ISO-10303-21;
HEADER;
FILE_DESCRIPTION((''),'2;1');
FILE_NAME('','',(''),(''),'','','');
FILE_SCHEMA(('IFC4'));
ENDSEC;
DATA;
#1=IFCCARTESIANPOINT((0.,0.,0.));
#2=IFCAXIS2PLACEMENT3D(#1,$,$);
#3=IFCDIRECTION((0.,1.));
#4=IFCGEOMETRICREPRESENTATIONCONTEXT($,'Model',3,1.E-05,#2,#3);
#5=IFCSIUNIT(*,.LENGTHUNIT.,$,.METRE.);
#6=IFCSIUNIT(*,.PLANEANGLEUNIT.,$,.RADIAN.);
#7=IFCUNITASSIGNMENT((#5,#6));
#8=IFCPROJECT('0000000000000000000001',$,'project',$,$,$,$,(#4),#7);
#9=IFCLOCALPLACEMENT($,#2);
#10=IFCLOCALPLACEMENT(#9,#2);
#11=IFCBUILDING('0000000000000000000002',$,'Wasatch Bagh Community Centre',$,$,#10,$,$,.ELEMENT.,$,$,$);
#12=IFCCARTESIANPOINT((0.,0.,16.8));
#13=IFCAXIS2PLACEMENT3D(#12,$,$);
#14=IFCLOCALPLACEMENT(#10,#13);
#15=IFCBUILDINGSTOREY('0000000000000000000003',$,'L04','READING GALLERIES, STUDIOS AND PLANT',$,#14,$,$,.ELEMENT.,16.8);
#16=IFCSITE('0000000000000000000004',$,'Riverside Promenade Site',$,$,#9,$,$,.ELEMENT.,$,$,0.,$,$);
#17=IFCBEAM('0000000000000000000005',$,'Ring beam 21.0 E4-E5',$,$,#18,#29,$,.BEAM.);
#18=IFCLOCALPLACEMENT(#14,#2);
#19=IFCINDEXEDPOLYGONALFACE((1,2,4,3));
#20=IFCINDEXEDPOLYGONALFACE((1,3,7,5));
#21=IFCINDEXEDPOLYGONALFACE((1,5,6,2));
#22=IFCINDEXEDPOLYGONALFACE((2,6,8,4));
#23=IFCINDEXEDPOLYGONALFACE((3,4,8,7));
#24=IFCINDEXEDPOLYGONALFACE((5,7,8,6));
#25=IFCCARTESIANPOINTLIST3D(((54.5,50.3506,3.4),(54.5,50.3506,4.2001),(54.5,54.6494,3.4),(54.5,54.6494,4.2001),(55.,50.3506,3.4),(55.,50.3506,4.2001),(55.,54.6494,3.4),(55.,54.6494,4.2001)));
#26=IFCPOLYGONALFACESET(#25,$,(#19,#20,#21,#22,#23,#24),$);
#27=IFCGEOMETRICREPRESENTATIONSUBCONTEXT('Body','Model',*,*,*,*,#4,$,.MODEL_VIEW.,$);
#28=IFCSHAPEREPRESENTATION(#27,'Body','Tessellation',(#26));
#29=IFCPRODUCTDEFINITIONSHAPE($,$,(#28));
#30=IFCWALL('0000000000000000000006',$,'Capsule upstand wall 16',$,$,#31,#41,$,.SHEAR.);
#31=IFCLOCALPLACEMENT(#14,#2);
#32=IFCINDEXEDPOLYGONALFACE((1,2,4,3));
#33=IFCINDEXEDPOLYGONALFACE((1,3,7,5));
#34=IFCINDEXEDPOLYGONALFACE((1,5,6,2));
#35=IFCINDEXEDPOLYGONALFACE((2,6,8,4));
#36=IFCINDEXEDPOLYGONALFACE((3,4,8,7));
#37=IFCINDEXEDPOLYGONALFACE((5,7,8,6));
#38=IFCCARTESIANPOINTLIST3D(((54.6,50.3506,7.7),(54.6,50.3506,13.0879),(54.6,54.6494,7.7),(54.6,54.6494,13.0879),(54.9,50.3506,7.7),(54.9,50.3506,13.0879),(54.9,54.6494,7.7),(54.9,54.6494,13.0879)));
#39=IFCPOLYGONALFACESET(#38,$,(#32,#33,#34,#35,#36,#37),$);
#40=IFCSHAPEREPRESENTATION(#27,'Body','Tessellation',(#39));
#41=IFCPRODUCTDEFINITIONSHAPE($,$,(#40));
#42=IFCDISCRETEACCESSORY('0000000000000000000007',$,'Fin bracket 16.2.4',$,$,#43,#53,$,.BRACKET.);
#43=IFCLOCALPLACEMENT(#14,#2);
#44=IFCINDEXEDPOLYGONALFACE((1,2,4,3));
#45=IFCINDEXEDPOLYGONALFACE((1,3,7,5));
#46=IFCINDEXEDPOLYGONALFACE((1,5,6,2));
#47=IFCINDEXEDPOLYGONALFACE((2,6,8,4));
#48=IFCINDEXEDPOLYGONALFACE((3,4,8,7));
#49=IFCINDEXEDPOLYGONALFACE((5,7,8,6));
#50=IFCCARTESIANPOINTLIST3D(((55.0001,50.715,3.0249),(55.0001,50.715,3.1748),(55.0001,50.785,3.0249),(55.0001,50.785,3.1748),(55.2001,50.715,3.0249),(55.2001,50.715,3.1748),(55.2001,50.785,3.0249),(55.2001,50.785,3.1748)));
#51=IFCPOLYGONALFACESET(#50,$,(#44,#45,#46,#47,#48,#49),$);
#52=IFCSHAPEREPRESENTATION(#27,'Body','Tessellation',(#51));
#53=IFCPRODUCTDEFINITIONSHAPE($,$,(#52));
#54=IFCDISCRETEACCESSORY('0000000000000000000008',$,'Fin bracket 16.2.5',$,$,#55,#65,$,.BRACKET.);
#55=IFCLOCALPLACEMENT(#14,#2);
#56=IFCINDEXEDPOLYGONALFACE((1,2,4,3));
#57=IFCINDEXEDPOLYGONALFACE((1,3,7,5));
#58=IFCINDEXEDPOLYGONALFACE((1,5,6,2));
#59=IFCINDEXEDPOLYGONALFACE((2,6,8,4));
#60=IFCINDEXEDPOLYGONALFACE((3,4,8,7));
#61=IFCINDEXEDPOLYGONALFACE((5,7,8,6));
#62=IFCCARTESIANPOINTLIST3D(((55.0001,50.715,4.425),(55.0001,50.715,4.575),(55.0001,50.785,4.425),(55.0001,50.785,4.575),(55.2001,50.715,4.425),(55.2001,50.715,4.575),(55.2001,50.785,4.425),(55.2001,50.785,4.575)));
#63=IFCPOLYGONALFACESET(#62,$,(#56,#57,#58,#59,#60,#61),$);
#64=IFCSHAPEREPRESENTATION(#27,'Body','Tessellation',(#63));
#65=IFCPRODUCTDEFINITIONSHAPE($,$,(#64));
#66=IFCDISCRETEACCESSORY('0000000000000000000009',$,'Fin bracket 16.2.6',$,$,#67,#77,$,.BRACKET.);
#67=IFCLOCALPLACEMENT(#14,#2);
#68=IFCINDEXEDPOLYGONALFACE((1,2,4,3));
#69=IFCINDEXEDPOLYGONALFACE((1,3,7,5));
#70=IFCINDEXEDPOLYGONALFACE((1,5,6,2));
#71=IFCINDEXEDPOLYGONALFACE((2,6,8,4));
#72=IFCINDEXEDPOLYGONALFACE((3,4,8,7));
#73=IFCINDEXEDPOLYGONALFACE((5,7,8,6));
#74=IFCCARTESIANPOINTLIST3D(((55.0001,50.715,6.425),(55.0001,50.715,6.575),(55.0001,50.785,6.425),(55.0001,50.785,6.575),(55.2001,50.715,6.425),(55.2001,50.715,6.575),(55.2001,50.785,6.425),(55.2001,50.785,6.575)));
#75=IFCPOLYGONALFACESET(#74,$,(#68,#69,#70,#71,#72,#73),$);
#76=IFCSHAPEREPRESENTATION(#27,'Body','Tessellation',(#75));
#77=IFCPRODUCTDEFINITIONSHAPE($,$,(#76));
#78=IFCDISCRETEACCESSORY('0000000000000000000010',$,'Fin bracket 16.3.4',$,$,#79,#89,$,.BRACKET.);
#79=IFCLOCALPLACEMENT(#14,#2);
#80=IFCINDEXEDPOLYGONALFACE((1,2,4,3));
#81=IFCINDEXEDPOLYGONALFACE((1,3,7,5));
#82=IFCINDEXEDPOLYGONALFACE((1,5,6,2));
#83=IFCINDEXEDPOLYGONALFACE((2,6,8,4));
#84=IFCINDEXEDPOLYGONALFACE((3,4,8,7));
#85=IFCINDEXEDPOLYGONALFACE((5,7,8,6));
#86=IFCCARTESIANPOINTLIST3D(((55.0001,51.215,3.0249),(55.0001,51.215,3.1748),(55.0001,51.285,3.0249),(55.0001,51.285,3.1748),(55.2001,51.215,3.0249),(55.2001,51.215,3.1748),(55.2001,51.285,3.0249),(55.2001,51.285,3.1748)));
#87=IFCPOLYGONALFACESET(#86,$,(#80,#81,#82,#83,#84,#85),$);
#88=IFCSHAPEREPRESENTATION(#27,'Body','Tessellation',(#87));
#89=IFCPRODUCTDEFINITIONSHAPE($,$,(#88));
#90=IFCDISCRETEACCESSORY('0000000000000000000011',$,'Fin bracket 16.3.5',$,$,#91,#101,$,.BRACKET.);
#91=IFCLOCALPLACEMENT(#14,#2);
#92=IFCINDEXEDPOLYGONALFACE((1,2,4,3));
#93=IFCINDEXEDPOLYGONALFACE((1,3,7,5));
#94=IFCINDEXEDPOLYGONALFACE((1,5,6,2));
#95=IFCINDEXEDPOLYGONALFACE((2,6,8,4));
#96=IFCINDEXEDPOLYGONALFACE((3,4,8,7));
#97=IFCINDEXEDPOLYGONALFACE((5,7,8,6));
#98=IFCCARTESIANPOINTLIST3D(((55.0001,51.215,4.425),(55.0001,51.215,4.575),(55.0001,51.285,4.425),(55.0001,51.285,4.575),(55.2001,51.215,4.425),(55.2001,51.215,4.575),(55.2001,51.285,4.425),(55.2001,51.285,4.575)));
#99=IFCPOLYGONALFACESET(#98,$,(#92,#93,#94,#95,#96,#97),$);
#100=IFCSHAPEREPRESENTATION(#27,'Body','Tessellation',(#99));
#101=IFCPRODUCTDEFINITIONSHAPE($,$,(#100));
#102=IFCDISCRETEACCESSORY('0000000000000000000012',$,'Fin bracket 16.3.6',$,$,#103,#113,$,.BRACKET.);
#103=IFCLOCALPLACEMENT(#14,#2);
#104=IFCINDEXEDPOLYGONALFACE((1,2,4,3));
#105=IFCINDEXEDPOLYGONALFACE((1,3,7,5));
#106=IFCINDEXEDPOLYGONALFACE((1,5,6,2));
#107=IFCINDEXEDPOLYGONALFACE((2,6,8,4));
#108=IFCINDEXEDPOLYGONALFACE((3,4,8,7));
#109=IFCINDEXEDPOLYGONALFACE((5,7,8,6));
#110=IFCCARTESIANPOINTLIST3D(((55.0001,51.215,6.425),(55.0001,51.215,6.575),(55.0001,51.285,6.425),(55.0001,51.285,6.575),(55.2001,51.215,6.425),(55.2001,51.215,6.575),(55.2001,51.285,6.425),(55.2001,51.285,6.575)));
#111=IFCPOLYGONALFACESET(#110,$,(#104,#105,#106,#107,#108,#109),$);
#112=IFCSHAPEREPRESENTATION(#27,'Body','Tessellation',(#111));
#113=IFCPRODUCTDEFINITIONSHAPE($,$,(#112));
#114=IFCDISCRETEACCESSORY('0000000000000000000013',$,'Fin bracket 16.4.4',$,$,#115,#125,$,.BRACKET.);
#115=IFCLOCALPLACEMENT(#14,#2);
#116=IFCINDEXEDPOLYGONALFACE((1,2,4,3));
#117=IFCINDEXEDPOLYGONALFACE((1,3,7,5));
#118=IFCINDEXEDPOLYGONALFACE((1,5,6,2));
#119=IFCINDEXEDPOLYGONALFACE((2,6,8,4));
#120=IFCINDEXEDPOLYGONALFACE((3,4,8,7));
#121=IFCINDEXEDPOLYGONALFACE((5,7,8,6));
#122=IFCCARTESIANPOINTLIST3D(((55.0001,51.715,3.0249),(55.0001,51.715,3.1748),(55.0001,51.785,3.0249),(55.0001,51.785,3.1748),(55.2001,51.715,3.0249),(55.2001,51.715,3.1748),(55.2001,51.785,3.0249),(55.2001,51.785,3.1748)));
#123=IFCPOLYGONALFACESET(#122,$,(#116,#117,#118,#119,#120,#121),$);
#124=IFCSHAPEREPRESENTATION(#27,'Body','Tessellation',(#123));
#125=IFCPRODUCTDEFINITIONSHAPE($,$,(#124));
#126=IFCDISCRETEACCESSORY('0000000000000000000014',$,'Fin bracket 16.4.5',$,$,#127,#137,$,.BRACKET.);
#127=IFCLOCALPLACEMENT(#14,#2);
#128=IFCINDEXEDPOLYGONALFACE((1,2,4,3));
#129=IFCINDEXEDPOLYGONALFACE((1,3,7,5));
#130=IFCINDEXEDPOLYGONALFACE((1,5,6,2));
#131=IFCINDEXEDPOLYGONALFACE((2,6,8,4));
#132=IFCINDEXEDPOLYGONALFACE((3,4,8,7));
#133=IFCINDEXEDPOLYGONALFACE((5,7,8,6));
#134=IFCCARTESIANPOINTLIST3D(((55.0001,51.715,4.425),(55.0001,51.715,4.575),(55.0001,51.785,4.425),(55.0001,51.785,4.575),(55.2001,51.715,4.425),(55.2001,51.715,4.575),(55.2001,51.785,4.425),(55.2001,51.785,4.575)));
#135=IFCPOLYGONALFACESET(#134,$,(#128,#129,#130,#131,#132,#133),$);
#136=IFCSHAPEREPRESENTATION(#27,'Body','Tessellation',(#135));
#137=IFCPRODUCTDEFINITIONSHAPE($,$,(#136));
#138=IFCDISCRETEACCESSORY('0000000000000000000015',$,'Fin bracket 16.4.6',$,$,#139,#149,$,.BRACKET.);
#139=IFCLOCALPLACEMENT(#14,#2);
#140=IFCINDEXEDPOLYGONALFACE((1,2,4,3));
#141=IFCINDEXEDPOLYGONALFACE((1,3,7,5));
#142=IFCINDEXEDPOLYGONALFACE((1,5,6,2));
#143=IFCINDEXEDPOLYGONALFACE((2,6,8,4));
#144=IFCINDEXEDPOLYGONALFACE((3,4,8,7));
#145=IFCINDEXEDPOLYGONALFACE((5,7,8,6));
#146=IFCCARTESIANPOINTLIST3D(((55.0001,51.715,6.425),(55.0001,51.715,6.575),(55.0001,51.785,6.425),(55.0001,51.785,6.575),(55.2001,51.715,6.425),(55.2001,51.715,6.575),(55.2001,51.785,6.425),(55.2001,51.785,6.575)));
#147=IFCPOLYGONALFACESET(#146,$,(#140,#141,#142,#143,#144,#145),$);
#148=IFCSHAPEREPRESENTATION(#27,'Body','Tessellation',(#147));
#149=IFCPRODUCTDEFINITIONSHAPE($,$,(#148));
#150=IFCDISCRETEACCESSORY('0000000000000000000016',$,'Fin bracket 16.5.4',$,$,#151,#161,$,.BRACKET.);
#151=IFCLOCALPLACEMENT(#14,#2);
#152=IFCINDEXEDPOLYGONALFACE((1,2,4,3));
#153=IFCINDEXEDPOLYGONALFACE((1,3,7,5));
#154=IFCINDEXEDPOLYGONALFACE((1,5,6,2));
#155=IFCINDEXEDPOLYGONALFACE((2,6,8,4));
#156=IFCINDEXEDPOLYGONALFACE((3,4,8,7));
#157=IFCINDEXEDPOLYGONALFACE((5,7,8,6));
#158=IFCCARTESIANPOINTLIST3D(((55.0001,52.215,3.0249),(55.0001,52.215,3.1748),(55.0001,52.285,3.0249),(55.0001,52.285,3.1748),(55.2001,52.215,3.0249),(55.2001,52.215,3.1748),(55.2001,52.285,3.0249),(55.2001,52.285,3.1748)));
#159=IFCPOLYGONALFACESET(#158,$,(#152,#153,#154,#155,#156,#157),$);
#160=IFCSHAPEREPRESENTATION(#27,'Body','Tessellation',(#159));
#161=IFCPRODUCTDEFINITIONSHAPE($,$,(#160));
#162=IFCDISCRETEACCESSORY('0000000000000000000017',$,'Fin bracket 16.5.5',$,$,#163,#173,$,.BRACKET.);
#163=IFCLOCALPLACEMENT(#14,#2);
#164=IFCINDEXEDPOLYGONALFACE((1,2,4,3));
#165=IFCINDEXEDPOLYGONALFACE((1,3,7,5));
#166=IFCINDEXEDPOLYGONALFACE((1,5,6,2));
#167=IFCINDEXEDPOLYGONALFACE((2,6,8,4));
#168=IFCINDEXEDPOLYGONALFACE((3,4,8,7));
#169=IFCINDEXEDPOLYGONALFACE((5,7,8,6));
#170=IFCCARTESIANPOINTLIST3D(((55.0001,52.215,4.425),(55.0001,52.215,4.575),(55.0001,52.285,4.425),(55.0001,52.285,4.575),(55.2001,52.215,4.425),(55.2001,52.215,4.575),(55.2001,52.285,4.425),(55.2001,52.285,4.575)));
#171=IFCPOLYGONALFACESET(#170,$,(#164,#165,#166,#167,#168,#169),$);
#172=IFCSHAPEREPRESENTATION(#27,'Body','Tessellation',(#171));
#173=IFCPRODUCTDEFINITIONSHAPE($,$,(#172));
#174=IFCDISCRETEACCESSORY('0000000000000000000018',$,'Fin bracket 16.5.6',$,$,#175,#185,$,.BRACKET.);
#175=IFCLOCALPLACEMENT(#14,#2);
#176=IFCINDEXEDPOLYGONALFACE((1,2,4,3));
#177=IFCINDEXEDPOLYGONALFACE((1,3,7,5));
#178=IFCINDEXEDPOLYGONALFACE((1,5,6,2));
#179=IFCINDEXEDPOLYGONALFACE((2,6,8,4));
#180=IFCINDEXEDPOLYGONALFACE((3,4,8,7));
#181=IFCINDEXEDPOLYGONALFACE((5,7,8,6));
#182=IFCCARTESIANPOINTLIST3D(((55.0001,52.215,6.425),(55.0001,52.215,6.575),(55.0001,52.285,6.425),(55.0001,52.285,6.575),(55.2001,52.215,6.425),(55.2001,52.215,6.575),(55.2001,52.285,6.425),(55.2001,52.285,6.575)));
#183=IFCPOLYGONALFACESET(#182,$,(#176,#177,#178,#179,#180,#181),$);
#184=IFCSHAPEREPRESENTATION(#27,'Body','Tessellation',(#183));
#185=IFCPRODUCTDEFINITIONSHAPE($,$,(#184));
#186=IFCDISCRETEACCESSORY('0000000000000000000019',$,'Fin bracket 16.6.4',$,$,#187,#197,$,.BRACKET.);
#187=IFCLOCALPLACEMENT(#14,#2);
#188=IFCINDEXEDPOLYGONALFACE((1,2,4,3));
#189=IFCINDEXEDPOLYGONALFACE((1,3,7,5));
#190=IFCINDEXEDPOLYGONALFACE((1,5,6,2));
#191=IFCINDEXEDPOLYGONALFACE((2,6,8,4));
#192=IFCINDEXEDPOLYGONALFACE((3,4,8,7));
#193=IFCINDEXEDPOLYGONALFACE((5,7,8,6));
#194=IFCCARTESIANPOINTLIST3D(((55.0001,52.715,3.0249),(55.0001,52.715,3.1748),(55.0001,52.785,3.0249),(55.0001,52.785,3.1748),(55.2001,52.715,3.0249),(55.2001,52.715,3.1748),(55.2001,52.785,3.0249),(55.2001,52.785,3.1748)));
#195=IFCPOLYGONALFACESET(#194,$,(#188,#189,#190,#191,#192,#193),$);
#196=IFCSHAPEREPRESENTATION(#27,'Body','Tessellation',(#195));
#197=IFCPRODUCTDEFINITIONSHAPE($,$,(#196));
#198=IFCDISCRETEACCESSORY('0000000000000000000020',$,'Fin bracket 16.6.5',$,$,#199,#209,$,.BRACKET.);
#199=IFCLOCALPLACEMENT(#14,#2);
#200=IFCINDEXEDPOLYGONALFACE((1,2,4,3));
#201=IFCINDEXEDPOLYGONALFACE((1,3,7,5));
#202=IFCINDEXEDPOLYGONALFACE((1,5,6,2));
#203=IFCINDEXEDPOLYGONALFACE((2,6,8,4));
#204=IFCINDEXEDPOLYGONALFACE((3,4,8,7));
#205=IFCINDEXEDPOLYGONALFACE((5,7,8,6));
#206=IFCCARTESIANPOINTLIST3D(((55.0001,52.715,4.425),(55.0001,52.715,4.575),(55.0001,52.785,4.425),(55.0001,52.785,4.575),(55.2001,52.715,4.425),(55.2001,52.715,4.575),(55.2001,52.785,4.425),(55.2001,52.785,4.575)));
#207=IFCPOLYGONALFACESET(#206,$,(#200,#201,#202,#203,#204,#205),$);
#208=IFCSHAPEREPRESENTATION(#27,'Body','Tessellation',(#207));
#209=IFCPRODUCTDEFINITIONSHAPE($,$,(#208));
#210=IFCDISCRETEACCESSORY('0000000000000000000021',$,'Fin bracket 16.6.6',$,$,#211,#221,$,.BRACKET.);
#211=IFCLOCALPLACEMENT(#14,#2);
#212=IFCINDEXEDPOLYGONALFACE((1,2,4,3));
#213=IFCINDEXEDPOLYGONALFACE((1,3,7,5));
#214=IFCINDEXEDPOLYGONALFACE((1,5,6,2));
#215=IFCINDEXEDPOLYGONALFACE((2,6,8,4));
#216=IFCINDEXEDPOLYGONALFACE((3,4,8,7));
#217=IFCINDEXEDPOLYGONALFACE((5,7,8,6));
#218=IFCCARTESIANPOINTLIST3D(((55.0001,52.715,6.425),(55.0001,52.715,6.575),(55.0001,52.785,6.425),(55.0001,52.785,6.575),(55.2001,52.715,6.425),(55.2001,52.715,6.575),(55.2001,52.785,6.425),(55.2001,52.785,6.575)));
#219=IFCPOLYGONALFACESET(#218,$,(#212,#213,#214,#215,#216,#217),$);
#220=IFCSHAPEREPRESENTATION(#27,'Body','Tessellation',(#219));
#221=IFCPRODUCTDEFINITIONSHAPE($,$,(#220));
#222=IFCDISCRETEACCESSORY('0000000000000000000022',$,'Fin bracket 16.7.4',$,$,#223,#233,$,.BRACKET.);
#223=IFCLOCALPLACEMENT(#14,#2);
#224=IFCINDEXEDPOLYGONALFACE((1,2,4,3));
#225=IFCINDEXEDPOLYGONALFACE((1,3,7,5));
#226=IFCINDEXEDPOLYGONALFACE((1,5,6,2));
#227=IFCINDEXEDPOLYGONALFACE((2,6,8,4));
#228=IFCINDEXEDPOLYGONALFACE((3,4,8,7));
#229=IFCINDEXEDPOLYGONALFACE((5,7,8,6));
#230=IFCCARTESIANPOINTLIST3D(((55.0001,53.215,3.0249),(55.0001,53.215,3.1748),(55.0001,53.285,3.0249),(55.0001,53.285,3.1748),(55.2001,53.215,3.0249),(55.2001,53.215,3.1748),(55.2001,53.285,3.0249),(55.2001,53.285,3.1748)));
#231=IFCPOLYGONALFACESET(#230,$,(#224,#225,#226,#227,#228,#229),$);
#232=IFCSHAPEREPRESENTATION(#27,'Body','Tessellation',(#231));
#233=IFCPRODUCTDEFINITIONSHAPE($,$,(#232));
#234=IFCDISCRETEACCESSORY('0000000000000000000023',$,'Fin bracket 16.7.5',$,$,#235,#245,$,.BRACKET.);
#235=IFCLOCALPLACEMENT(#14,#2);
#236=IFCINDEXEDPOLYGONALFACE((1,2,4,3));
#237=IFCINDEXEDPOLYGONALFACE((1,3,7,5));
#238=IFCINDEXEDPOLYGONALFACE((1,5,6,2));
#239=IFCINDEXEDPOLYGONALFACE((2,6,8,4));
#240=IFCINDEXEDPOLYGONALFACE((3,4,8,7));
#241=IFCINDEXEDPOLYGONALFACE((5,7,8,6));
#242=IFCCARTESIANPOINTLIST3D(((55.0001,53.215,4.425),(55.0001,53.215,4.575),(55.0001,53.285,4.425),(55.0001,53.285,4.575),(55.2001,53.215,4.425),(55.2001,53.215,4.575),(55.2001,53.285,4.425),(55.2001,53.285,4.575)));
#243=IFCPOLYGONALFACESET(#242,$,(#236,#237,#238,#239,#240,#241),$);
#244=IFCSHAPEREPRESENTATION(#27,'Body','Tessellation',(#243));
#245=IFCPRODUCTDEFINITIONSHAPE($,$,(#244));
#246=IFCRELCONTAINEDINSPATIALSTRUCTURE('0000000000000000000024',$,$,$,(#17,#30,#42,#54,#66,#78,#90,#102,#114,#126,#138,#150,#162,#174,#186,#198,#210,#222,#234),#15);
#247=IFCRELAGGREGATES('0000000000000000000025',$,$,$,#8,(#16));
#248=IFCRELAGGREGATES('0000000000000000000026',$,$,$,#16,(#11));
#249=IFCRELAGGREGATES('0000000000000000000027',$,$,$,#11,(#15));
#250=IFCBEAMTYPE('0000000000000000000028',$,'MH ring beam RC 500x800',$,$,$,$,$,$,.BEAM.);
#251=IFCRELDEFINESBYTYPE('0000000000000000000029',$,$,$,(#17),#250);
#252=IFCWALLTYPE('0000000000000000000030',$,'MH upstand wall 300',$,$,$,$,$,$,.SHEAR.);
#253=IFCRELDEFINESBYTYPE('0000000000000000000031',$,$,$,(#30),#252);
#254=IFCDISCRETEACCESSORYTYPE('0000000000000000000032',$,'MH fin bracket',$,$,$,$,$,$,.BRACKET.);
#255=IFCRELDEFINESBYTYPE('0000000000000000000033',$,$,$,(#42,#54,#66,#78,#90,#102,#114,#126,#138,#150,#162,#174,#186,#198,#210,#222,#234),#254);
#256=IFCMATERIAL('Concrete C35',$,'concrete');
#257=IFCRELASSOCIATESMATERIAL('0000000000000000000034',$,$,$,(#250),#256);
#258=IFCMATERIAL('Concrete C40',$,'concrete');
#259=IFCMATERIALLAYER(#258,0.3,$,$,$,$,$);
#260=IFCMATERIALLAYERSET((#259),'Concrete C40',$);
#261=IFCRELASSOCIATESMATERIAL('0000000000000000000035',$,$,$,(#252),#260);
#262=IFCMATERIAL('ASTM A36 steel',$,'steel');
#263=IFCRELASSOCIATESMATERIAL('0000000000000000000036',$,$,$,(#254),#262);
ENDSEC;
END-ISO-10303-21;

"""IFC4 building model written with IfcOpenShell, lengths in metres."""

from ifc_helpers import new_model, si_unit, direction, frame, frame_2d, origin, origin_2d, place, context, subcontext, project, spatial, rectangle, extrude, material, layer, layer_set, material_profile, profile_set, type_object, element, save


model = new_model("IFC4")

# Units and contexts
model_context = context("Model", 3, precision=1e-05, world=origin(), true_north=direction((0.0, 1.0)))
body_context = subcontext(model_context, "Body", "Model", "MODEL_VIEW")
ifc_project = project(units=[si_unit("LENGTHUNIT", "METRE"), si_unit("PLANEANGLEUNIT", "RADIAN")], contexts=[model_context])

# Site, building, storey
site_placement = place(None, origin())
site = spatial("IfcSite", under=ifc_project, at=site_placement, Name="Riverside Promenade Site", CompositionType="ELEMENT", RefElevation=0.0)
building_placement = place(site_placement, origin())
building = spatial("IfcBuilding", under=site, at=building_placement, Name="Wasatch Bagh Community Centre", CompositionType="ELEMENT")
storey_placement = place(building_placement, frame((0.0, 0.0, 16.8)))
storey = spatial("IfcBuildingStorey", under=building, at=storey_placement, Name="L04", Description="READING GALLERIES, STUDIOS AND PLANT", CompositionType="ELEMENT", Elevation=16.8)

# Beam
ifc_material_1 = material(Name="Concrete C35", Category="concrete")
ifc_material_profile = material_profile(ifc_material_1, rectangle(XDim=0.5, YDim=0.8, at=origin_2d()), Name="RC 500x800")
ifc_profile_set = profile_set([ifc_material_profile], Name="Concrete C35")
beam_type = type_object("IfcBeamType", Name="MH ring beam RC 500x800", PredefinedType="BEAM", material=ifc_profile_set)
beam_placement = place(storey_placement, frame((54.75, 50.3506, 3.8), z_axis=(0.0, 1.0, 0.0), x_axis=(-1.0, 0.0, 0.0)))
element("IfcBeam", 1, at=beam_placement, inside=storey, type_object=beam_type, Name="Ring beam 21.0 E4-E5", PredefinedType="BEAM", context=body_context, shape_type="SweptSolid", body=[
    extrude(rectangle(XDim=0.5, YDim=0.8, at=origin_2d()), origin(), (0.0, 0.0, 1.0), 4.2988),
])

# Wall
ifc_material_2 = material(Name="Concrete C40", Category="concrete")
ifc_layer = layer(ifc_material_2, 0.3)
ifc_layer_set = layer_set([ifc_layer], Name="Concrete C40")
wall_type = type_object("IfcWallType", Name="MH upstand wall 300", PredefinedType="SHEAR", material=ifc_layer_set)
wall_placement = place(storey_placement, frame((54.75, 50.3506, 7.7), z_axis=(0.0, 0.0, 1.0), x_axis=(0.0, 1.0, 0.0)))
element("IfcWall", 2, at=wall_placement, inside=storey, type_object=wall_type, Name="Capsule upstand wall 16", PredefinedType="SHEAR", context=body_context, shape_type="SweptSolid", body=[
    extrude(rectangle(XDim=4.2988, YDim=0.3, at=frame_2d((2.1494, 0.0))), origin(), (0.0, 0.0, 1.0), 5.3879),
])

# Discrete accessories
ifc_material_3 = material(Name="ASTM A36 steel", Category="steel")
discrete_accessory_type = type_object("IfcDiscreteAccessoryType", Name="MH fin bracket", PredefinedType="BRACKET", material=ifc_material_3)
for number, where, z_axis, x_axis, name in (
    (3, (55.1001, 50.75, 3.0249), (0.0, 0.0, 1.0), (0.0, 1.0, 0.0), "Fin bracket 16.2.4"),
    (4, (55.1001, 50.75, 4.425), (0.0, 0.0, 1.0), (0.0, 1.0, 0.0), "Fin bracket 16.2.5"),
    (5, (55.1001, 50.75, 6.425), (0.0, 0.0, 1.0), (0.0, 1.0, 0.0), "Fin bracket 16.2.6"),
    (6, (55.1001, 51.25, 3.0249), (0.0, 0.0, 1.0), (0.0, 1.0, 0.0), "Fin bracket 16.3.4"),
    (7, (55.1001, 51.25, 4.425), (0.0, 0.0, 1.0), (0.0, 1.0, 0.0), "Fin bracket 16.3.5"),
    (8, (55.1001, 51.25, 6.425), (0.0, 0.0, 1.0), (0.0, 1.0, 0.0), "Fin bracket 16.3.6"),
    (9, (55.1001, 51.75, 3.0249), (0.0, 0.0, 1.0), (0.0, 1.0, 0.0), "Fin bracket 16.4.4"),
    (10, (55.1001, 51.75, 4.425), (0.0, 0.0, 1.0), (0.0, 1.0, 0.0), "Fin bracket 16.4.5"),
    (11, (55.1001, 51.75, 6.425), (0.0, 0.0, 1.0), (0.0, 1.0, 0.0), "Fin bracket 16.4.6"),
    (12, (55.1001, 52.25, 3.0249), (0.0, 0.0, 1.0), (0.0, 1.0, 0.0), "Fin bracket 16.5.4"),
    (13, (55.1001, 52.25, 4.425), (0.0, 0.0, 1.0), (0.0, 1.0, 0.0), "Fin bracket 16.5.5"),
    (14, (55.1001, 52.25, 6.425), (0.0, 0.0, 1.0), (0.0, 1.0, 0.0), "Fin bracket 16.5.6"),
    (15, (55.1001, 52.75, 3.0249), (0.0, 0.0, 1.0), (0.0, 1.0, 0.0), "Fin bracket 16.6.4"),
    (16, (55.1001, 52.75, 4.425), (0.0, 0.0, 1.0), (0.0, 1.0, 0.0), "Fin bracket 16.6.5"),
    (17, (55.1001, 52.75, 6.425), (0.0, 0.0, 1.0), (0.0, 1.0, 0.0), "Fin bracket 16.6.6"),
    (18, (55.1001, 53.25, 3.0249), (0.0, 0.0, 1.0), (0.0, 1.0, 0.0), "Fin bracket 16.7.4"),
    (19, (55.1001, 53.25, 4.425), (0.0, 0.0, 1.0), (0.0, 1.0, 0.0), "Fin bracket 16.7.5"),
):
    element("IfcDiscreteAccessory", number, at=place(storey_placement, frame(where, z_axis=z_axis, x_axis=x_axis)), inside=storey, type_object=discrete_accessory_type, Name=name, PredefinedType="BRACKET", context=body_context, shape_type="SweptSolid", body=[
        extrude(rectangle(XDim=0.0701, YDim=0.2, at=origin_2d()), origin(), (0.0, 0.0, 1.0), 0.1499),
    ])

save(model, "model.ifc")
